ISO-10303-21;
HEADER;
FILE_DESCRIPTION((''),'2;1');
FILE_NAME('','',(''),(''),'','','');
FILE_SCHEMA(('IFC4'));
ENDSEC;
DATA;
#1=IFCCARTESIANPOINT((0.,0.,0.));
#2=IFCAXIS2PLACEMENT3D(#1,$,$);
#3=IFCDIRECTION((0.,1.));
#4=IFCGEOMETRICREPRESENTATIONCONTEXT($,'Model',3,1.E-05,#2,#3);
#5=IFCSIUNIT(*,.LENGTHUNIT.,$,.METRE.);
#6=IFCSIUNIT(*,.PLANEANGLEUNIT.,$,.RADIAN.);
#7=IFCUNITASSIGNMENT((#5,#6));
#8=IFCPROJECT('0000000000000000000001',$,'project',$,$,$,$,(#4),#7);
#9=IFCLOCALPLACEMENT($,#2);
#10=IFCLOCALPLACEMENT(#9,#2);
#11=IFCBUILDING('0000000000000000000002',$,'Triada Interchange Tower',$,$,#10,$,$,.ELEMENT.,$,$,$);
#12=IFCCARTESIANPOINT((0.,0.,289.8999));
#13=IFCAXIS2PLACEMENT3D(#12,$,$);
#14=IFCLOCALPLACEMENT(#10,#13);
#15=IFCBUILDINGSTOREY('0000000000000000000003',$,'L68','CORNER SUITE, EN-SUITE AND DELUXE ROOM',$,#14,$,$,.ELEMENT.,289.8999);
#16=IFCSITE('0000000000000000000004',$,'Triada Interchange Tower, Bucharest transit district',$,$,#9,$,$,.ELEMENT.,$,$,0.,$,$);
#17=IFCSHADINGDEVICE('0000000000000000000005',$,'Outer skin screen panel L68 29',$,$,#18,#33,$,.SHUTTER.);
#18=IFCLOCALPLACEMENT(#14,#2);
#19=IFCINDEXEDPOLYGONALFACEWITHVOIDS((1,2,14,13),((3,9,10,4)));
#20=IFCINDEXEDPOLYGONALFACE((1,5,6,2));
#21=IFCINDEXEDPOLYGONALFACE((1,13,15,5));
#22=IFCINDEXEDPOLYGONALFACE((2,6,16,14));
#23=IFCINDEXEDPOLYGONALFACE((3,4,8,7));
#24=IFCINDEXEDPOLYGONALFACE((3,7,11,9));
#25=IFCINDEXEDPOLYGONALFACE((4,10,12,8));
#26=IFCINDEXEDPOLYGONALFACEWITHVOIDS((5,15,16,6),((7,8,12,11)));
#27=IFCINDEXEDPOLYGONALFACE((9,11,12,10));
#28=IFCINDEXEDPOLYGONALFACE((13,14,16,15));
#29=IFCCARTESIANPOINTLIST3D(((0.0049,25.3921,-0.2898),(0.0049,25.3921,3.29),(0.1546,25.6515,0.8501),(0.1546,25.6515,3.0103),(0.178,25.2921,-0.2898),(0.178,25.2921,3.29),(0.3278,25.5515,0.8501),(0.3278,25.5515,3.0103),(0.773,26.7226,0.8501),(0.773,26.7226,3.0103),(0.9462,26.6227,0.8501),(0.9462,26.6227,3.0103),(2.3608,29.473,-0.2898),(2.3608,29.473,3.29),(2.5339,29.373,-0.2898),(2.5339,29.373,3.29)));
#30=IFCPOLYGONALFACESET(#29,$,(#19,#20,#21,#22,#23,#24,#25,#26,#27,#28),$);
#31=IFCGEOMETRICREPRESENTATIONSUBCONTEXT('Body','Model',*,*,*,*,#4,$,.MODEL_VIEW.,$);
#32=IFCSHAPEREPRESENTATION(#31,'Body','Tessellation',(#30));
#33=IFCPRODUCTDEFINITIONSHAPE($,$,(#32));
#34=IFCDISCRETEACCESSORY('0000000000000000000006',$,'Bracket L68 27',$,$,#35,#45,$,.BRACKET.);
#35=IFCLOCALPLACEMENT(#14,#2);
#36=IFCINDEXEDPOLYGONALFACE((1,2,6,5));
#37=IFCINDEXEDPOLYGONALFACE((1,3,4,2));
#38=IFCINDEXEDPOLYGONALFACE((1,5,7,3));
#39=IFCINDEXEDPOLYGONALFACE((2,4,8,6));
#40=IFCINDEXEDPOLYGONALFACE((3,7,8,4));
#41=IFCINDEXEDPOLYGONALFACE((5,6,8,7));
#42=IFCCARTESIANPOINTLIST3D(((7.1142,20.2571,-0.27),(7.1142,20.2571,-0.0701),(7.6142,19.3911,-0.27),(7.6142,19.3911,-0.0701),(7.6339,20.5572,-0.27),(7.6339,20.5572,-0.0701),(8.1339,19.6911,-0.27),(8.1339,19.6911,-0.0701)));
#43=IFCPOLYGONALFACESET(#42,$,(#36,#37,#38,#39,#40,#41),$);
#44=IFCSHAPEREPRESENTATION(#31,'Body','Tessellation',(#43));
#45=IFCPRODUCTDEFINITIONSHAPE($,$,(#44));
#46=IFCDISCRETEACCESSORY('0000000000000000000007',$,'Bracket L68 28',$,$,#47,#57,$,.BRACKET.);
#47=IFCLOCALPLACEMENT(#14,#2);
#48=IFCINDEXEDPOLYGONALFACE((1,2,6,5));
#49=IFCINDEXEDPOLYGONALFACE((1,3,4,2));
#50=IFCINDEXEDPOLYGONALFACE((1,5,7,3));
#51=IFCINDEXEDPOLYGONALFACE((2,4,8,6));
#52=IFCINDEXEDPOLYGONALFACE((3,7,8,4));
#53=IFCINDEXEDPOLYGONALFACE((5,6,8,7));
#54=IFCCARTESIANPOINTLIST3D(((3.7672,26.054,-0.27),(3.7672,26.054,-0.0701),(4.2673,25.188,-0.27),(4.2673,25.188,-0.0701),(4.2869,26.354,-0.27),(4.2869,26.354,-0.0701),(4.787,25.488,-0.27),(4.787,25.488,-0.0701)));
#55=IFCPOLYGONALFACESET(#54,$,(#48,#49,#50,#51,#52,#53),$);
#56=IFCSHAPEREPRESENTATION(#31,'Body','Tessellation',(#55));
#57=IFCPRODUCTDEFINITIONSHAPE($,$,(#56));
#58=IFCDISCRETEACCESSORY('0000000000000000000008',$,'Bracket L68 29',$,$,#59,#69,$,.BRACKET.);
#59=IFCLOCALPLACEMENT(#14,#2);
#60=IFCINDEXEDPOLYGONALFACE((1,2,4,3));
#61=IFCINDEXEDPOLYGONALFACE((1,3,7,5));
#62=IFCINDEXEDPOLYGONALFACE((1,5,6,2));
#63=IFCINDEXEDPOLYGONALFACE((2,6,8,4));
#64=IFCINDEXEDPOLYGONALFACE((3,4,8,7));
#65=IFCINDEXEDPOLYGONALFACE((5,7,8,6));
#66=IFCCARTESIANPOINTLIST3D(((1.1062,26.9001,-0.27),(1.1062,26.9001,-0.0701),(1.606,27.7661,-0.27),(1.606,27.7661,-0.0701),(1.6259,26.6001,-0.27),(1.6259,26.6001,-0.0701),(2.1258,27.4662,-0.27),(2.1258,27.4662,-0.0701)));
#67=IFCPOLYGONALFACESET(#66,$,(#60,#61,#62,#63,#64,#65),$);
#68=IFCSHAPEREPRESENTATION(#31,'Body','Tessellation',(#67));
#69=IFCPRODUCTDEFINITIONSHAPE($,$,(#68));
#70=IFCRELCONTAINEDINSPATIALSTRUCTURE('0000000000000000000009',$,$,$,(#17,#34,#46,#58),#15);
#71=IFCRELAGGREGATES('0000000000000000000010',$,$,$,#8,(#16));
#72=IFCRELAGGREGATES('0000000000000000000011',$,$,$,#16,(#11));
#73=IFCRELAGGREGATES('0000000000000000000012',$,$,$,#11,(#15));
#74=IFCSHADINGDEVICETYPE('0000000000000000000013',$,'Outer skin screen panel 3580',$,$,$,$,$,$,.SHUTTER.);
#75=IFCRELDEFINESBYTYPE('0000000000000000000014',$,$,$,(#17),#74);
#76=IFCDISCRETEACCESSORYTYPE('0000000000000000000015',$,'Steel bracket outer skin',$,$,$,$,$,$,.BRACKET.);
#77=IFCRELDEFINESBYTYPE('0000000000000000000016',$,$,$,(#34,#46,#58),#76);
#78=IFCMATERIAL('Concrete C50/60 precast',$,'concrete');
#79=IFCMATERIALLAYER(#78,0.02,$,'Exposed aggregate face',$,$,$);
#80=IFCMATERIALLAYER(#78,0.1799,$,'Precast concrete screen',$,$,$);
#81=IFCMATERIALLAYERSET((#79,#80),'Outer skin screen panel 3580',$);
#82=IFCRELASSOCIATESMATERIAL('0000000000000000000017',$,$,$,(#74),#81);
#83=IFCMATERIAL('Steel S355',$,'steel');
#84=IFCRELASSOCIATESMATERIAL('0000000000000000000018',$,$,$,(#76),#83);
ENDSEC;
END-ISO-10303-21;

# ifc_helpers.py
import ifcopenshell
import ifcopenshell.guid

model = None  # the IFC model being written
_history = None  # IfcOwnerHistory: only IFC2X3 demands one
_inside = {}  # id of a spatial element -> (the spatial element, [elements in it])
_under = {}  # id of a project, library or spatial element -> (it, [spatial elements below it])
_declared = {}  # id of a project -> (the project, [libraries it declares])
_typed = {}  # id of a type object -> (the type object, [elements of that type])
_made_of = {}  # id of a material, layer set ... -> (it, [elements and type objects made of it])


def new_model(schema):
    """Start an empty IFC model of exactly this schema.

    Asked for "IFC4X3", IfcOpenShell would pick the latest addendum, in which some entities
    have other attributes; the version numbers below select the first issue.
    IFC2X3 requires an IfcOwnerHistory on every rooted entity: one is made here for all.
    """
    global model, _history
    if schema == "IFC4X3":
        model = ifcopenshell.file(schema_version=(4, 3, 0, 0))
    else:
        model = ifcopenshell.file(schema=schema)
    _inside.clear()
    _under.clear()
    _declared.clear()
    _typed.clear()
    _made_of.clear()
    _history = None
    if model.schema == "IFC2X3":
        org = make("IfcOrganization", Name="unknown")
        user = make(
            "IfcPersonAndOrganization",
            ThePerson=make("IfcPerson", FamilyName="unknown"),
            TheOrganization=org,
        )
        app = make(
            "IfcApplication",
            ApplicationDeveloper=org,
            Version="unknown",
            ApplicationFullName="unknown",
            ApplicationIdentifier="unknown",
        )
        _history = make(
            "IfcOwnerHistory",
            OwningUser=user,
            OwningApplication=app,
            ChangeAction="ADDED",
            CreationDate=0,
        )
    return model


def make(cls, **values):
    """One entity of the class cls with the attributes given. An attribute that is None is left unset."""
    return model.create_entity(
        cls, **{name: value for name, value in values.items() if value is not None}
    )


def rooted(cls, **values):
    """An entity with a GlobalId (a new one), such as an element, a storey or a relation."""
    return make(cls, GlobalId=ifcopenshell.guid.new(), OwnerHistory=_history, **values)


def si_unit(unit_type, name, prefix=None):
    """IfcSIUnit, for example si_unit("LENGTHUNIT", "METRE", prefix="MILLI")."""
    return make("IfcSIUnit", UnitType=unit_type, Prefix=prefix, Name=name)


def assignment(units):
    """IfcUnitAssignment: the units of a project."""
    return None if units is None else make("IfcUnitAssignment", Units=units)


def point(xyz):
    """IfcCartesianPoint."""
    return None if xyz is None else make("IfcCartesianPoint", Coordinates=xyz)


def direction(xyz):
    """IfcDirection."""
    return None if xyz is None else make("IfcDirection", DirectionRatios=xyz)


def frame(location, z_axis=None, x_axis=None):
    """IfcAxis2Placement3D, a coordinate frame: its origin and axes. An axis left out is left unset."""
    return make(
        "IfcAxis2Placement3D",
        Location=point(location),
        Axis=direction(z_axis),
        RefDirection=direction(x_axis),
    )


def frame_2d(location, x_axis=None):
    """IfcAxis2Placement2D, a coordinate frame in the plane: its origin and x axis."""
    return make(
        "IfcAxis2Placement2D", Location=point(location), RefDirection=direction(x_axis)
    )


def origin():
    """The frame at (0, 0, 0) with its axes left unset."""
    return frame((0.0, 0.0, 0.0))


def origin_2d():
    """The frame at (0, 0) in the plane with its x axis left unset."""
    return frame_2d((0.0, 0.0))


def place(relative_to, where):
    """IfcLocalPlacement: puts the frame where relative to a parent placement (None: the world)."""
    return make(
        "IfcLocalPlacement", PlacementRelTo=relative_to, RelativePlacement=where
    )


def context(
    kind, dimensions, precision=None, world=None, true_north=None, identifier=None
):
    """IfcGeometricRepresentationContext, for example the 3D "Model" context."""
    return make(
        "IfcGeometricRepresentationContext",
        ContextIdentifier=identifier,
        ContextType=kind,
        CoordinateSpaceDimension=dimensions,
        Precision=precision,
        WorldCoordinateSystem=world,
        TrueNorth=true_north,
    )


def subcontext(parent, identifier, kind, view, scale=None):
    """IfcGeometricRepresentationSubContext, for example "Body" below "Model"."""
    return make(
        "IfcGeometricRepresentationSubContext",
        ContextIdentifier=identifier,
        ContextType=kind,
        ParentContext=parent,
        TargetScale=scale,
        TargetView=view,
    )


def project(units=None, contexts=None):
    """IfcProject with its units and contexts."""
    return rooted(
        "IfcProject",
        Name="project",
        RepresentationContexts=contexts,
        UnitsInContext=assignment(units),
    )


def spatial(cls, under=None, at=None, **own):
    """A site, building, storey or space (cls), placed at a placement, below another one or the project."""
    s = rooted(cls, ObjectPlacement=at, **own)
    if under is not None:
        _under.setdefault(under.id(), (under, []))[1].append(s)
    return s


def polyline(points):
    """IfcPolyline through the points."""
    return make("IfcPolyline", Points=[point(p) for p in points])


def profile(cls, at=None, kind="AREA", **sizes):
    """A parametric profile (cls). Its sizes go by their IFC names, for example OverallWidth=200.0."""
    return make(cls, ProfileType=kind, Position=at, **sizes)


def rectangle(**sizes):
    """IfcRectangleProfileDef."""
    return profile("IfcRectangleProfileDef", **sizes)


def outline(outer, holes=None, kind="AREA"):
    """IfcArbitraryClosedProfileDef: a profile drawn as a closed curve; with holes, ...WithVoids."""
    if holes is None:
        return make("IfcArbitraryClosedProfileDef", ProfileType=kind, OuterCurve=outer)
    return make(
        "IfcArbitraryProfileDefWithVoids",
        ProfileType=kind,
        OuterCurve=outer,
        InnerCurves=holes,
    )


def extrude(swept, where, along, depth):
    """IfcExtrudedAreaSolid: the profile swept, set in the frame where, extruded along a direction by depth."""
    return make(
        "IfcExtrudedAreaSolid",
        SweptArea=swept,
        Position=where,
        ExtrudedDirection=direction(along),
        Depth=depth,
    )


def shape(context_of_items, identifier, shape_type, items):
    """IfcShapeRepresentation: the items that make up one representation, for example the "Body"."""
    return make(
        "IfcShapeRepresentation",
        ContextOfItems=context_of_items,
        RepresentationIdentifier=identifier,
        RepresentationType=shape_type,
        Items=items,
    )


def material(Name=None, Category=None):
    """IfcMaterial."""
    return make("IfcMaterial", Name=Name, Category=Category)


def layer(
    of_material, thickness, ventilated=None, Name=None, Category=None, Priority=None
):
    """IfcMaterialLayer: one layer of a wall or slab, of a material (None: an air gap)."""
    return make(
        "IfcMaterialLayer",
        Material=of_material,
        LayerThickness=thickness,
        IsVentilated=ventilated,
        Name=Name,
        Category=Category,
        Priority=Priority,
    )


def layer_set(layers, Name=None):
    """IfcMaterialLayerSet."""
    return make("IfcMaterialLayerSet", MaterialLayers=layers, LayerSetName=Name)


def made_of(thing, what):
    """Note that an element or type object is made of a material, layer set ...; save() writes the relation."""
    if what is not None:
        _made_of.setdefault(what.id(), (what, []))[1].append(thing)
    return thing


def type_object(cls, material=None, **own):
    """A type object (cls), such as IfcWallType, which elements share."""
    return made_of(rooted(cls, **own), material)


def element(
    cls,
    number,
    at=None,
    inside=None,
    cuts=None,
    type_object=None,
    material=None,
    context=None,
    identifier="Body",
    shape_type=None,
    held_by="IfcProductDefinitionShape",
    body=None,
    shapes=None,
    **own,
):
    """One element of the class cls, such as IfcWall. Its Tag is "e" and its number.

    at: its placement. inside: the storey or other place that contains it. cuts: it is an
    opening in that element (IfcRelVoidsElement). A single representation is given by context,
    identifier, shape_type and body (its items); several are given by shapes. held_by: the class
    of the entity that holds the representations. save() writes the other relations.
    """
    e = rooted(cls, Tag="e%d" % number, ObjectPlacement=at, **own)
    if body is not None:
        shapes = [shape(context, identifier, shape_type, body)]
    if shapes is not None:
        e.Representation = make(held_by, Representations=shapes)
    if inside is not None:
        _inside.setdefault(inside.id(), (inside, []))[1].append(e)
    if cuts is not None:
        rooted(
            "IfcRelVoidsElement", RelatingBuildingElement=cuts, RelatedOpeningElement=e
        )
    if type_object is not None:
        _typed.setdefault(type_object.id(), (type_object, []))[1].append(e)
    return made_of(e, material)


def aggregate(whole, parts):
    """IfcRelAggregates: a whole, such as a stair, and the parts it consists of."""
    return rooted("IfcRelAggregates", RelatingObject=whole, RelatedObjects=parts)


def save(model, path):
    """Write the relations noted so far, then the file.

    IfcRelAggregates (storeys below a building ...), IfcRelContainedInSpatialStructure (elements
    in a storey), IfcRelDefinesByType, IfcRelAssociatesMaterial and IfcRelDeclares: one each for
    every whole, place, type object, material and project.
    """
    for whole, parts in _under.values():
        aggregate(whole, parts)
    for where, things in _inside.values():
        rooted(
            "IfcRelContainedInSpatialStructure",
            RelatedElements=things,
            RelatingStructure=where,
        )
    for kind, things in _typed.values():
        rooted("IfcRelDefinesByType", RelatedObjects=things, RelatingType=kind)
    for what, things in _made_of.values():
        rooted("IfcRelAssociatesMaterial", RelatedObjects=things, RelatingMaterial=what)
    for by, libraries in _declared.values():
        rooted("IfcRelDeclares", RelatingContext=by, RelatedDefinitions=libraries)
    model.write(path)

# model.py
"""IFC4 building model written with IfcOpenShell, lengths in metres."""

from ifc_helpers import new_model, si_unit, direction, frame, origin, origin_2d, place, context, subcontext, project, spatial, polyline, rectangle, outline, extrude, material, layer, layer_set, type_object, element, save


model = new_model("IFC4")

# Units and contexts
model_context = context("Model", 3, precision=1e-05, world=origin(), true_north=direction((0.0, 1.0)))
body_context = subcontext(model_context, "Body", "Model", "MODEL_VIEW")
ifc_project = project(units=[si_unit("LENGTHUNIT", "METRE"), si_unit("PLANEANGLEUNIT", "RADIAN")], contexts=[model_context])

# Site, building, storey
site_placement = place(None, origin())
site = spatial("IfcSite", under=ifc_project, at=site_placement, Name="Triada Interchange Tower, Bucharest transit district", CompositionType="ELEMENT", RefElevation=0.0)
building_placement = place(site_placement, origin())
building = spatial("IfcBuilding", under=site, at=building_placement, Name="Triada Interchange Tower", CompositionType="ELEMENT")
storey_placement = place(building_placement, frame((0.0, 0.0, 289.8999)))
storey = spatial("IfcBuildingStorey", under=building, at=storey_placement, Name="L68", Description="CORNER SUITE, EN-SUITE AND DELUXE ROOM", CompositionType="ELEMENT", Elevation=289.8999)

# Shading device
ifc_material_1 = material(Name="Concrete C50/60 precast", Category="concrete")
ifc_layer_1 = layer(ifc_material_1, 0.02, Name="Exposed aggregate face")
ifc_layer_2 = layer(ifc_material_1, 0.1799, Name="Precast concrete screen")
ifc_layer_set_1 = layer_set([ifc_layer_1, ifc_layer_2], Name="Outer skin screen panel 3580")
shading_device_type = type_object("IfcShadingDeviceType", Name="Outer skin screen panel 3580", PredefinedType="SHUTTER", material=ifc_layer_set_1)
shading_device_1_placement = place(storey_placement, frame((2.5339, 29.373, -0.2898), z_axis=(0.0, 0.0, 1.0), x_axis=(-0.499962, -0.866048, 0.0)))
element("IfcShadingDevice", 1, at=shading_device_1_placement, inside=storey, type_object=shading_device_type, Name="Outer skin screen panel L68 29", PredefinedType="SHUTTER", context=body_context, shape_type="SweptSolid", body=[
    extrude(outline(polyline([(0.0, 0.0), (4.7122, 0.0), (4.7122, 3.5798), (0.0, 3.5798), (0.0, 0.0)]), holes=[polyline([(3.1758, 1.1399), (3.1758, 3.3), (4.4126, 3.3), (4.4126, 1.1399), (3.1758, 1.1399)])]), frame((0.0, 0.0, 0.0), z_axis=(0.0, -1.0, 0.0), x_axis=(1.0, 0.0, 0.0)), (0.0, 0.0, 1.0), 0.2),
])

# Discrete accessories
ifc_material_2 = material(Name="Steel S355", Category="steel")
discrete_accessory_type = type_object("IfcDiscreteAccessoryType", Name="Steel bracket outer skin", PredefinedType="BRACKET", material=ifc_material_2)
for number, where, z_axis, x_axis, name in (
    (2, (7.624, 19.9741, -0.27), (0.0, 0.0, 1.0), (0.866023, 0.500004, 0.0), "Bracket L68 27"),
    (3, (4.2771, 25.771, -0.27), (0.0, 0.0, 1.0), (0.866023, 0.500004, 0.0), "Bracket L68 28"),
    (4, (1.616, 27.1831, -0.27), (0.0, 0.0, 1.0), (-0.866091, 0.499887, 0.0), "Bracket L68 29"),
):
    element("IfcDiscreteAccessory", number, at=place(storey_placement, frame(where, z_axis=z_axis, x_axis=x_axis)), inside=storey, type_object=discrete_accessory_type, Name=name, PredefinedType="BRACKET", context=body_context, shape_type="SweptSolid", body=[
        extrude(rectangle(XDim=0.6001, YDim=1.0, at=origin_2d()), origin(), (0.0, 0.0, 1.0), 0.2),
    ])

save(model, "model.ifc")
